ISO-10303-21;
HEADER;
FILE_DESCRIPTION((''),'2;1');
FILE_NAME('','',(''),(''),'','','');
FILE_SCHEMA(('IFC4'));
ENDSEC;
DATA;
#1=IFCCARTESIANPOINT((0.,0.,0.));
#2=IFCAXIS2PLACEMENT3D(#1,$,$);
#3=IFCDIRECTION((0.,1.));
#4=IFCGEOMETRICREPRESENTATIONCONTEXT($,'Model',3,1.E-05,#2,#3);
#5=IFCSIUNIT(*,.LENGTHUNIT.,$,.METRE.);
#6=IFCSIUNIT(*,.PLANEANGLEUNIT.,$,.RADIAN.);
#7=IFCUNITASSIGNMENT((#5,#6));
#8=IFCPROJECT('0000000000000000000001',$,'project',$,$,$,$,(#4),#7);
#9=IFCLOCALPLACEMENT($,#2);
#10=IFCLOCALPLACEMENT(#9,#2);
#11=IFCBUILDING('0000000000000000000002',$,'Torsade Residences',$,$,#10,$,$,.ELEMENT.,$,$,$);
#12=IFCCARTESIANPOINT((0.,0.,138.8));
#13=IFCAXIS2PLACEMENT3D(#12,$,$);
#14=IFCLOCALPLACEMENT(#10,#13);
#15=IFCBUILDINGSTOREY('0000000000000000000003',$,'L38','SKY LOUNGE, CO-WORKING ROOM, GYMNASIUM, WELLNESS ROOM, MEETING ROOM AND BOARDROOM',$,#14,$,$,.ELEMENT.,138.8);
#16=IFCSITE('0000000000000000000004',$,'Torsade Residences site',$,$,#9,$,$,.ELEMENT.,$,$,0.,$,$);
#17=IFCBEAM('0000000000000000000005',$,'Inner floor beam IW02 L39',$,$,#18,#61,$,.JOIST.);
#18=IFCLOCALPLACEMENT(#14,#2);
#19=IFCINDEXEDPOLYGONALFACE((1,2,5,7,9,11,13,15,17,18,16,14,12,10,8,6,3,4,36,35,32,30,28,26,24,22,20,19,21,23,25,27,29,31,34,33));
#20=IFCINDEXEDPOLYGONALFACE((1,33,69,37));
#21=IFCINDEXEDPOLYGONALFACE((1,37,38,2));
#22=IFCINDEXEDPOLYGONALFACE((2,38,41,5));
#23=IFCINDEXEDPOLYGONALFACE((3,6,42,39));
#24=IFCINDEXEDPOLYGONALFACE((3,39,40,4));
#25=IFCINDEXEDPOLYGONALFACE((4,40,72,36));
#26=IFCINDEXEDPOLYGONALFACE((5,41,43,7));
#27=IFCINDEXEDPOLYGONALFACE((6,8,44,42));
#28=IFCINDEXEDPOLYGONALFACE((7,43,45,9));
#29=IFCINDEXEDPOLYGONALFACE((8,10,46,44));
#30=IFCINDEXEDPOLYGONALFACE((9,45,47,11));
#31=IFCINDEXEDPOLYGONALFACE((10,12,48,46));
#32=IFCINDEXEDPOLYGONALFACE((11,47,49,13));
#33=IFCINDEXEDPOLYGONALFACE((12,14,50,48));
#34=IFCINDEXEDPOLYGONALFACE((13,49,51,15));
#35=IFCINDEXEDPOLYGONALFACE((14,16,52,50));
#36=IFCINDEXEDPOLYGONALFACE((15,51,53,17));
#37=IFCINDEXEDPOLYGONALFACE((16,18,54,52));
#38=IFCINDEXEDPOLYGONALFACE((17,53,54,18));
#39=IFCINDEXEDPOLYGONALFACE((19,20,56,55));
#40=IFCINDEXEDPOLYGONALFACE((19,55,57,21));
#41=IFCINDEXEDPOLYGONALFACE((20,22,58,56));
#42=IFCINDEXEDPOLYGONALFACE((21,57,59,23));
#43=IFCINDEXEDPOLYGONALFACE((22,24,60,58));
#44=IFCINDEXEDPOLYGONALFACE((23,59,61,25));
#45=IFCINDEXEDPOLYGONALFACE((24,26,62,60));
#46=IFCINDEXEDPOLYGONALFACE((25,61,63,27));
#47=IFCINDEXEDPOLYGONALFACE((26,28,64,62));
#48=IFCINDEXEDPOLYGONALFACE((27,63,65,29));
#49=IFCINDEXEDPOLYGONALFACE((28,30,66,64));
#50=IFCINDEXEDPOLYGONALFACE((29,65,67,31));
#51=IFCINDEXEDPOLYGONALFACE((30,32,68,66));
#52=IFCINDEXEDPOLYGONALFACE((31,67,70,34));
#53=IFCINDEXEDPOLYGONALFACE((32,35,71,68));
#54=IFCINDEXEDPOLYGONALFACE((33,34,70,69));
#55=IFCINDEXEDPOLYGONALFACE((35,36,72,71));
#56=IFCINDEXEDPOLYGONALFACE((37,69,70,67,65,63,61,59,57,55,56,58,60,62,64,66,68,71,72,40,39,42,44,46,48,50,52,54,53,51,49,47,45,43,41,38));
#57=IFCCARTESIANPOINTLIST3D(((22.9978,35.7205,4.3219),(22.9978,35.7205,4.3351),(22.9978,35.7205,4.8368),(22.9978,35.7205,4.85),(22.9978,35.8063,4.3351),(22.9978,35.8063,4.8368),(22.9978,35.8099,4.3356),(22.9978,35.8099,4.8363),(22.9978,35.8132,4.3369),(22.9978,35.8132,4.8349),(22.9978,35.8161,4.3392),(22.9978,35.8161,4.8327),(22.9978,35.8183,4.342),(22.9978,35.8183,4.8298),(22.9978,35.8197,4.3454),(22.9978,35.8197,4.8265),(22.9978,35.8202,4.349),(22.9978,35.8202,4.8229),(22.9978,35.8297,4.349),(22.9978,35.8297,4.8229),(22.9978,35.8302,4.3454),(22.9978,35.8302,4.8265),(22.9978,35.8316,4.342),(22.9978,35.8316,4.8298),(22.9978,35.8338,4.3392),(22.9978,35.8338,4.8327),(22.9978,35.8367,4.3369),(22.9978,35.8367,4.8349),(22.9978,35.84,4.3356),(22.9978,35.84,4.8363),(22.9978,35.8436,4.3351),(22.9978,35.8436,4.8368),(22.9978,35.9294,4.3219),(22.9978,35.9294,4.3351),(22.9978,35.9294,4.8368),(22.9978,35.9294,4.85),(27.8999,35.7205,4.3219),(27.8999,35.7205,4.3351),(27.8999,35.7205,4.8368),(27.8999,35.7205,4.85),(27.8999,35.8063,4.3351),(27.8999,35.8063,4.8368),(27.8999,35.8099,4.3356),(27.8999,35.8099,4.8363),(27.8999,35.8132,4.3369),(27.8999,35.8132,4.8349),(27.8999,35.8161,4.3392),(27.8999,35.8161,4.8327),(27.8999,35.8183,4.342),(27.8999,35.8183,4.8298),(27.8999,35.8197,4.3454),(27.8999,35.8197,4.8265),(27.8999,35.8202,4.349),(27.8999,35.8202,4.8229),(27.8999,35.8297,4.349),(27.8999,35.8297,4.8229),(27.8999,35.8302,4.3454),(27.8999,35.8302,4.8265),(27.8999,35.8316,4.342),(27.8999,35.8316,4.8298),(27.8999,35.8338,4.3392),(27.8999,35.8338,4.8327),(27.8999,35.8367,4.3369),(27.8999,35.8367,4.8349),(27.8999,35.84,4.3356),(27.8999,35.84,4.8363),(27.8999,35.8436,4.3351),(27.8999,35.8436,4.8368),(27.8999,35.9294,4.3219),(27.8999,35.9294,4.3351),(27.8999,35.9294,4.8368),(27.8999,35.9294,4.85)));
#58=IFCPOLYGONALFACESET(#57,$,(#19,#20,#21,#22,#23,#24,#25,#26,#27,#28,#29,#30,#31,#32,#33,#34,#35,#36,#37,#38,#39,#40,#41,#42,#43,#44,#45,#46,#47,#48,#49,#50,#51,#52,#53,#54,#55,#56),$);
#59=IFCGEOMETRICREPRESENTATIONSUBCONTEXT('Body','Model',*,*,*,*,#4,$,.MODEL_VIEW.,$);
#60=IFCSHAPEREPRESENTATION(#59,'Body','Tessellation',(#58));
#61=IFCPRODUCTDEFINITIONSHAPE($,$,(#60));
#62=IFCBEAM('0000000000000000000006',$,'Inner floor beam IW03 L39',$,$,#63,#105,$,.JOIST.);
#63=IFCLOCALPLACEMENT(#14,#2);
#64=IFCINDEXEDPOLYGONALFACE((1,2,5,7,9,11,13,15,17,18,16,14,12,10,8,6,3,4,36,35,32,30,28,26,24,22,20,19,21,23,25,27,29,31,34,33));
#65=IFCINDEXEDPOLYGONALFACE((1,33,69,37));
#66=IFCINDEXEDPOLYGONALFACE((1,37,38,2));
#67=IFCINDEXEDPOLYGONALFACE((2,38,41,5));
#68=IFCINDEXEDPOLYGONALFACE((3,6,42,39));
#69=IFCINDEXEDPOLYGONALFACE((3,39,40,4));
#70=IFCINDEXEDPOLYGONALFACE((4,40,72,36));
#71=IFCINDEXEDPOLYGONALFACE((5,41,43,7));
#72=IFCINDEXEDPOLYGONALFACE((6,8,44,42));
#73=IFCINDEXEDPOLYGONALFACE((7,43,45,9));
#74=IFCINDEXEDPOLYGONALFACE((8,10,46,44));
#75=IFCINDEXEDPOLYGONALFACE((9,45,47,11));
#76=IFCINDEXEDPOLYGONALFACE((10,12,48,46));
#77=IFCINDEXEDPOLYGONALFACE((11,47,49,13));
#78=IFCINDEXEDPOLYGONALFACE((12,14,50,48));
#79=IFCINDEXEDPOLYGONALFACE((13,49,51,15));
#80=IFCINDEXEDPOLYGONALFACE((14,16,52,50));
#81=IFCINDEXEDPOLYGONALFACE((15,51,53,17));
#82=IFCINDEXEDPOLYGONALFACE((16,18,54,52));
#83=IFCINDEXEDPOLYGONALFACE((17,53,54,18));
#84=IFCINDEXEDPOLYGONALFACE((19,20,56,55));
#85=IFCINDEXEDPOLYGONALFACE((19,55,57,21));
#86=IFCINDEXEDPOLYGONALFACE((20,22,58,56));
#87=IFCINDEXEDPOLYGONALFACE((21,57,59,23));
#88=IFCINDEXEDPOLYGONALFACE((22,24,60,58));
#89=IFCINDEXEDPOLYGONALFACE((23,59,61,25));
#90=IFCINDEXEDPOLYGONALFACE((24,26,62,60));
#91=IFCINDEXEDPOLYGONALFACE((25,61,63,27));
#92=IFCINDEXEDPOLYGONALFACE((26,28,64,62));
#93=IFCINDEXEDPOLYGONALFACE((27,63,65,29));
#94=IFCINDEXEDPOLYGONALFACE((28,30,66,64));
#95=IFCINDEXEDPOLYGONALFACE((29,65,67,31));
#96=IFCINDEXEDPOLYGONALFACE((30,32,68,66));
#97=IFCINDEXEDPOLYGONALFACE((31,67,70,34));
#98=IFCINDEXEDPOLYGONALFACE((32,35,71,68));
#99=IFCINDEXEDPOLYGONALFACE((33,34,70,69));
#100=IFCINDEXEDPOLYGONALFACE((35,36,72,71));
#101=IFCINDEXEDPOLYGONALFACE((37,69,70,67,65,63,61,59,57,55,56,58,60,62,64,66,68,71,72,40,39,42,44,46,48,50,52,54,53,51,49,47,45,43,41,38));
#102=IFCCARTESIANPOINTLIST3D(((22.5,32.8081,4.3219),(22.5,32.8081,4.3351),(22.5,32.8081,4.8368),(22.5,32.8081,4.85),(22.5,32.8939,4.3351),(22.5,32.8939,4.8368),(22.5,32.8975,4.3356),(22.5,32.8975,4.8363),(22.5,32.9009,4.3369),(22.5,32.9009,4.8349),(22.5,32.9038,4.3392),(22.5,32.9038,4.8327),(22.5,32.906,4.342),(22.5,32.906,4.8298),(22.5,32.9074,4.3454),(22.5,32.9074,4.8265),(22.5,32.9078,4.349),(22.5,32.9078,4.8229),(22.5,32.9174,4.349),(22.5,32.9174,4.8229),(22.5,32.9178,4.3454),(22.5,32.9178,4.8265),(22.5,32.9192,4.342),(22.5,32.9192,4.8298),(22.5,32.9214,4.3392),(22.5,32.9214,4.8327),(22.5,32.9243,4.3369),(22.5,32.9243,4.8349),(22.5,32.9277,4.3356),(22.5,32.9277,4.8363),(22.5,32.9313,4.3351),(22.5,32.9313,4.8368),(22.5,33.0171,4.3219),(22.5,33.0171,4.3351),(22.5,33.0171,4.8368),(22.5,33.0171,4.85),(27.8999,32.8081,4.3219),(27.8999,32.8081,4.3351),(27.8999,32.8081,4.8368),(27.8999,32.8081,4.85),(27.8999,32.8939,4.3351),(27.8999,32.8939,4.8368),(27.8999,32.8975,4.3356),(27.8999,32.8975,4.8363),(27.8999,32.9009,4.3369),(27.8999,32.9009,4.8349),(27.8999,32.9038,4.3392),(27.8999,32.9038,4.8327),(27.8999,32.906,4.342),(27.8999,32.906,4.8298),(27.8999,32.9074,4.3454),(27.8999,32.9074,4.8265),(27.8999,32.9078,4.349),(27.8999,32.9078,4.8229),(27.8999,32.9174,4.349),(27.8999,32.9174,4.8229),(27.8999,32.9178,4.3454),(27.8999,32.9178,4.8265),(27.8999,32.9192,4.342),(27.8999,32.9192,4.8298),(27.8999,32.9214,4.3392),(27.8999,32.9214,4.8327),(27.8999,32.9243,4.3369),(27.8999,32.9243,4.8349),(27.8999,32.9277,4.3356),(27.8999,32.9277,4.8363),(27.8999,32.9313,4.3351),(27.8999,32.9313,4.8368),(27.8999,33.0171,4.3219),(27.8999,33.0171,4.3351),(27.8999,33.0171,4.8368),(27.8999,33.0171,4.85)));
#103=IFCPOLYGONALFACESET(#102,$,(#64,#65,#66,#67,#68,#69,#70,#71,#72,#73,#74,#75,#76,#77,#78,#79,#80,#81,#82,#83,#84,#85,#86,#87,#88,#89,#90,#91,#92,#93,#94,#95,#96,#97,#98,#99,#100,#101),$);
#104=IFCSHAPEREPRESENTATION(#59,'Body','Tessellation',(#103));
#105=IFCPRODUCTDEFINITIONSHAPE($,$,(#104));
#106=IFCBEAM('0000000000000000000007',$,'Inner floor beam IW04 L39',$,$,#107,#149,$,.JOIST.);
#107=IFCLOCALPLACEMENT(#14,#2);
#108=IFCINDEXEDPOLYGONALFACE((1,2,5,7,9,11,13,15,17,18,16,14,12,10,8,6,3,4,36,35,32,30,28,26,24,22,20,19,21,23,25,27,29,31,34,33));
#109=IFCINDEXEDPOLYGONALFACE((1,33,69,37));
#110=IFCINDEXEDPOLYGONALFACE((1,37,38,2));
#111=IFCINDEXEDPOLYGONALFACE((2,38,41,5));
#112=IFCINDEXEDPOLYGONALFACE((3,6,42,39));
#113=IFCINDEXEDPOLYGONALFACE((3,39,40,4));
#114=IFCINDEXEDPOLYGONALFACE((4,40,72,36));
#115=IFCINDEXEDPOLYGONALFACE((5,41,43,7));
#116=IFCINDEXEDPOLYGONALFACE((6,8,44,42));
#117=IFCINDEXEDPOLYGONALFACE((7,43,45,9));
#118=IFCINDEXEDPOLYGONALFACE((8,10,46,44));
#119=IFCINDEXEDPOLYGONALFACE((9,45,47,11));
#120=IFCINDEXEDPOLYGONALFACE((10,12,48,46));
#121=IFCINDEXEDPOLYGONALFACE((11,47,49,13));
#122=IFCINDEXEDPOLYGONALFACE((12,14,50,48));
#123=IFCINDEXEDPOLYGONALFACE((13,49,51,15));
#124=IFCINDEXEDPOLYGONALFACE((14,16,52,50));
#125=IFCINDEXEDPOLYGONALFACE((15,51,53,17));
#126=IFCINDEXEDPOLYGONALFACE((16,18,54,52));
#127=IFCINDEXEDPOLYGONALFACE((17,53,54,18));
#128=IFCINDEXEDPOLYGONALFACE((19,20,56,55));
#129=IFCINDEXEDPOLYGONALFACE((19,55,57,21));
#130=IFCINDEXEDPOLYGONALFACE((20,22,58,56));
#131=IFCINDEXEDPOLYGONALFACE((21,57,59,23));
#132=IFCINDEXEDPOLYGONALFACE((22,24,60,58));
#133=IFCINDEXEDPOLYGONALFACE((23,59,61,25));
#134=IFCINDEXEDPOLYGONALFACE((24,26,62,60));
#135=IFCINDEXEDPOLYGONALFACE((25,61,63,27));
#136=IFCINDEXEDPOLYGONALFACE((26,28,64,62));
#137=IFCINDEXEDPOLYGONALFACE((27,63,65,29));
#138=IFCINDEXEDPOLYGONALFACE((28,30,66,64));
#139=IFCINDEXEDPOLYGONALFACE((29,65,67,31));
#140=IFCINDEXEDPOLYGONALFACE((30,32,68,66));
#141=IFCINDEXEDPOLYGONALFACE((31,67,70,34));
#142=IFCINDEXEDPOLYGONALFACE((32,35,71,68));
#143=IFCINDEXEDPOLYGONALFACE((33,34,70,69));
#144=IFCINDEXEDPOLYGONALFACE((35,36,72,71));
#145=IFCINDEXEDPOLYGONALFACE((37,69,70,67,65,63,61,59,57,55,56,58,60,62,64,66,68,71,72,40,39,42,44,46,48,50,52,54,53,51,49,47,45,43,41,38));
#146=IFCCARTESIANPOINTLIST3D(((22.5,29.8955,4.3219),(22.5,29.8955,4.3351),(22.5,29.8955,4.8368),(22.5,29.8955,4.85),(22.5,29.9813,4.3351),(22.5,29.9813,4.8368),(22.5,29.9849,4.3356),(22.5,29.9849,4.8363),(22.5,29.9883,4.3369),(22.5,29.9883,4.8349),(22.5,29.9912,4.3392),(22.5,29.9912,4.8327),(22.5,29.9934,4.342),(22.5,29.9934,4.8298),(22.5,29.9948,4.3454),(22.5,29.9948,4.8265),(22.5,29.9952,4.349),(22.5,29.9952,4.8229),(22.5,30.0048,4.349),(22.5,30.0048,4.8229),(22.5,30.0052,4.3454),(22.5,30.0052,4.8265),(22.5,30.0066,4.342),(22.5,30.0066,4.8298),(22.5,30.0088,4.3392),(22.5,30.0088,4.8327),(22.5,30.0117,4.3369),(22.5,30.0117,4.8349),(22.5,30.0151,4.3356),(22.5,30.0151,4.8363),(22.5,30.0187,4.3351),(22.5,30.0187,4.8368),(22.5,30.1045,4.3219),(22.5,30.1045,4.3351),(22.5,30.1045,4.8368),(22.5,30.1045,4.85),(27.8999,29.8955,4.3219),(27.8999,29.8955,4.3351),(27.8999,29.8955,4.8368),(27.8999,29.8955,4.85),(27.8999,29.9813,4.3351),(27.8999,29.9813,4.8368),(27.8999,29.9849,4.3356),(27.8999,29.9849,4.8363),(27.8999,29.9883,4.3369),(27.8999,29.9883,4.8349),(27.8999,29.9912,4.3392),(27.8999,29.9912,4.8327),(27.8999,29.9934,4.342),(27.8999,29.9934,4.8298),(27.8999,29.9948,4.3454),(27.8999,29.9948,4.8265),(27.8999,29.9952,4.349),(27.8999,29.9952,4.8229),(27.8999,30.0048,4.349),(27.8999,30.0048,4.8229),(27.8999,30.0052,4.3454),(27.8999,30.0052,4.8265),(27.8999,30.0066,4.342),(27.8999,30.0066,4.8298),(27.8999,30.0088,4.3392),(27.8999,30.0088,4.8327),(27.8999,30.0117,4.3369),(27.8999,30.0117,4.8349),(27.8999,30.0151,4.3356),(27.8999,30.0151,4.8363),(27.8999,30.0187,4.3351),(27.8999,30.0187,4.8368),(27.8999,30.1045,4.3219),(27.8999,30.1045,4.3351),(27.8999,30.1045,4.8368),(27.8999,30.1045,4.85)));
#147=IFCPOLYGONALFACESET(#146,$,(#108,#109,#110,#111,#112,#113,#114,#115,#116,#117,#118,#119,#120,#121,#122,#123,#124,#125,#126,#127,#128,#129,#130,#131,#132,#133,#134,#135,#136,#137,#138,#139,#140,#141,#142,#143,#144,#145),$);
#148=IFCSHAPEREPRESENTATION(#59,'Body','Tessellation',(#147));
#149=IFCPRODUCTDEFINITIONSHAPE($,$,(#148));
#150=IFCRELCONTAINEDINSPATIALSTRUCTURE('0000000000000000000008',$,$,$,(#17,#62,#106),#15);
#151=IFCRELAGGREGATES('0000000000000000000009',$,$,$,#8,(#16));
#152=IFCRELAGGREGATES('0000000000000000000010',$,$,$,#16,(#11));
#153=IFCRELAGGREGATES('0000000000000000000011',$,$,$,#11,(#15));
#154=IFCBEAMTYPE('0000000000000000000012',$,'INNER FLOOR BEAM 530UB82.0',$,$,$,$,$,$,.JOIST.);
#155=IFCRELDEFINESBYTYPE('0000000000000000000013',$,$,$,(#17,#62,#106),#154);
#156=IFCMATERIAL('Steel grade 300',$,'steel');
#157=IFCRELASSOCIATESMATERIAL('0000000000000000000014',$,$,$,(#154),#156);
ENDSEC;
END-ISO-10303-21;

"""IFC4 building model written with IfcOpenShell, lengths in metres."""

from ifc_helpers import new_model, si_unit, direction, frame, origin, origin_2d, place, context, subcontext, project, spatial, i_section, extrude, material, material_profile, profile_set, type_object, element, save


model = new_model("IFC4")

# Units and contexts
model_context = context("Model", 3, precision=1e-05, world=origin(), true_north=direction((0.0, 1.0)))
body_context = subcontext(model_context, "Body", "Model", "MODEL_VIEW")
ifc_project = project(units=[si_unit("LENGTHUNIT", "METRE"), si_unit("PLANEANGLEUNIT", "RADIAN")], contexts=[model_context])

# Site, building, storey
site_placement = place(None, origin())
site = spatial("IfcSite", under=ifc_project, at=site_placement, Name="Torsade Residences site", CompositionType="ELEMENT", RefElevation=0.0)
building_placement = place(site_placement, origin())
building = spatial("IfcBuilding", under=site, at=building_placement, Name="Torsade Residences", CompositionType="ELEMENT")
storey_placement = place(building_placement, frame((0.0, 0.0, 138.8)))
storey = spatial("IfcBuildingStorey", under=building, at=storey_placement, Name="L38", Description="SKY LOUNGE, CO-WORKING ROOM, GYMNASIUM, WELLNESS ROOM, MEETING ROOM AND BOARDROOM", CompositionType="ELEMENT", Elevation=138.8)

# Beams
ifc_material_1 = material(Name="Steel grade 300", Category="steel")
ifc_material_profile = material_profile(ifc_material_1, i_section(OverallWidth=0.209, OverallDepth=0.5281, WebThickness=0.0095, FlangeThickness=0.0132, FilletRadius=0.0139, at=origin_2d()), Name="530UB82.0")
ifc_profile_set = profile_set([ifc_material_profile], Name="Steel grade 300")
beam_type = type_object("IfcBeamType", Name="INNER FLOOR BEAM 530UB82.0", PredefinedType="JOIST", material=ifc_profile_set)
beam_placement = place(storey_placement, frame((27.8999, 35.825, 4.5859), z_axis=(-1.0, 0.0, 0.0), x_axis=(0.0, -1.0, 0.0)))
element("IfcBeam", 1, at=beam_placement, inside=storey, type_object=beam_type, Name="Inner floor beam IW02 L39", PredefinedType="JOIST", context=body_context, shape_type="SweptSolid", body=[
    extrude(i_section(OverallWidth=0.209, OverallDepth=0.5281, WebThickness=0.0095, FlangeThickness=0.0132, FilletRadius=0.0139, at=origin_2d()), origin(), (0.0, 0.0, 1.0), 4.9021),
])
for number, where, z_axis, x_axis, name in (
    (2, (27.8999, 32.9126, 4.5859), (-1.0, 0.0, 0.0), (0.0, -1.0, 0.0), "Inner floor beam IW03 L39"),
    (3, (27.8999, 30.0, 4.5859), (-1.0, 0.0, 0.0), (0.0, -1.0, 0.0), "Inner floor beam IW04 L39"),
):
    element("IfcBeam", number, at=place(storey_placement, frame(where, z_axis=z_axis, x_axis=x_axis)), inside=storey, type_object=beam_type, Name=name, PredefinedType="JOIST", context=body_context, shape_type="SweptSolid", body=[
        extrude(i_section(OverallWidth=0.209, OverallDepth=0.5281, WebThickness=0.0095, FlangeThickness=0.0132, FilletRadius=0.0139, at=origin_2d()), origin(), (0.0, 0.0, 1.0), 5.3999),
    ])

save(model, "model.ifc")
